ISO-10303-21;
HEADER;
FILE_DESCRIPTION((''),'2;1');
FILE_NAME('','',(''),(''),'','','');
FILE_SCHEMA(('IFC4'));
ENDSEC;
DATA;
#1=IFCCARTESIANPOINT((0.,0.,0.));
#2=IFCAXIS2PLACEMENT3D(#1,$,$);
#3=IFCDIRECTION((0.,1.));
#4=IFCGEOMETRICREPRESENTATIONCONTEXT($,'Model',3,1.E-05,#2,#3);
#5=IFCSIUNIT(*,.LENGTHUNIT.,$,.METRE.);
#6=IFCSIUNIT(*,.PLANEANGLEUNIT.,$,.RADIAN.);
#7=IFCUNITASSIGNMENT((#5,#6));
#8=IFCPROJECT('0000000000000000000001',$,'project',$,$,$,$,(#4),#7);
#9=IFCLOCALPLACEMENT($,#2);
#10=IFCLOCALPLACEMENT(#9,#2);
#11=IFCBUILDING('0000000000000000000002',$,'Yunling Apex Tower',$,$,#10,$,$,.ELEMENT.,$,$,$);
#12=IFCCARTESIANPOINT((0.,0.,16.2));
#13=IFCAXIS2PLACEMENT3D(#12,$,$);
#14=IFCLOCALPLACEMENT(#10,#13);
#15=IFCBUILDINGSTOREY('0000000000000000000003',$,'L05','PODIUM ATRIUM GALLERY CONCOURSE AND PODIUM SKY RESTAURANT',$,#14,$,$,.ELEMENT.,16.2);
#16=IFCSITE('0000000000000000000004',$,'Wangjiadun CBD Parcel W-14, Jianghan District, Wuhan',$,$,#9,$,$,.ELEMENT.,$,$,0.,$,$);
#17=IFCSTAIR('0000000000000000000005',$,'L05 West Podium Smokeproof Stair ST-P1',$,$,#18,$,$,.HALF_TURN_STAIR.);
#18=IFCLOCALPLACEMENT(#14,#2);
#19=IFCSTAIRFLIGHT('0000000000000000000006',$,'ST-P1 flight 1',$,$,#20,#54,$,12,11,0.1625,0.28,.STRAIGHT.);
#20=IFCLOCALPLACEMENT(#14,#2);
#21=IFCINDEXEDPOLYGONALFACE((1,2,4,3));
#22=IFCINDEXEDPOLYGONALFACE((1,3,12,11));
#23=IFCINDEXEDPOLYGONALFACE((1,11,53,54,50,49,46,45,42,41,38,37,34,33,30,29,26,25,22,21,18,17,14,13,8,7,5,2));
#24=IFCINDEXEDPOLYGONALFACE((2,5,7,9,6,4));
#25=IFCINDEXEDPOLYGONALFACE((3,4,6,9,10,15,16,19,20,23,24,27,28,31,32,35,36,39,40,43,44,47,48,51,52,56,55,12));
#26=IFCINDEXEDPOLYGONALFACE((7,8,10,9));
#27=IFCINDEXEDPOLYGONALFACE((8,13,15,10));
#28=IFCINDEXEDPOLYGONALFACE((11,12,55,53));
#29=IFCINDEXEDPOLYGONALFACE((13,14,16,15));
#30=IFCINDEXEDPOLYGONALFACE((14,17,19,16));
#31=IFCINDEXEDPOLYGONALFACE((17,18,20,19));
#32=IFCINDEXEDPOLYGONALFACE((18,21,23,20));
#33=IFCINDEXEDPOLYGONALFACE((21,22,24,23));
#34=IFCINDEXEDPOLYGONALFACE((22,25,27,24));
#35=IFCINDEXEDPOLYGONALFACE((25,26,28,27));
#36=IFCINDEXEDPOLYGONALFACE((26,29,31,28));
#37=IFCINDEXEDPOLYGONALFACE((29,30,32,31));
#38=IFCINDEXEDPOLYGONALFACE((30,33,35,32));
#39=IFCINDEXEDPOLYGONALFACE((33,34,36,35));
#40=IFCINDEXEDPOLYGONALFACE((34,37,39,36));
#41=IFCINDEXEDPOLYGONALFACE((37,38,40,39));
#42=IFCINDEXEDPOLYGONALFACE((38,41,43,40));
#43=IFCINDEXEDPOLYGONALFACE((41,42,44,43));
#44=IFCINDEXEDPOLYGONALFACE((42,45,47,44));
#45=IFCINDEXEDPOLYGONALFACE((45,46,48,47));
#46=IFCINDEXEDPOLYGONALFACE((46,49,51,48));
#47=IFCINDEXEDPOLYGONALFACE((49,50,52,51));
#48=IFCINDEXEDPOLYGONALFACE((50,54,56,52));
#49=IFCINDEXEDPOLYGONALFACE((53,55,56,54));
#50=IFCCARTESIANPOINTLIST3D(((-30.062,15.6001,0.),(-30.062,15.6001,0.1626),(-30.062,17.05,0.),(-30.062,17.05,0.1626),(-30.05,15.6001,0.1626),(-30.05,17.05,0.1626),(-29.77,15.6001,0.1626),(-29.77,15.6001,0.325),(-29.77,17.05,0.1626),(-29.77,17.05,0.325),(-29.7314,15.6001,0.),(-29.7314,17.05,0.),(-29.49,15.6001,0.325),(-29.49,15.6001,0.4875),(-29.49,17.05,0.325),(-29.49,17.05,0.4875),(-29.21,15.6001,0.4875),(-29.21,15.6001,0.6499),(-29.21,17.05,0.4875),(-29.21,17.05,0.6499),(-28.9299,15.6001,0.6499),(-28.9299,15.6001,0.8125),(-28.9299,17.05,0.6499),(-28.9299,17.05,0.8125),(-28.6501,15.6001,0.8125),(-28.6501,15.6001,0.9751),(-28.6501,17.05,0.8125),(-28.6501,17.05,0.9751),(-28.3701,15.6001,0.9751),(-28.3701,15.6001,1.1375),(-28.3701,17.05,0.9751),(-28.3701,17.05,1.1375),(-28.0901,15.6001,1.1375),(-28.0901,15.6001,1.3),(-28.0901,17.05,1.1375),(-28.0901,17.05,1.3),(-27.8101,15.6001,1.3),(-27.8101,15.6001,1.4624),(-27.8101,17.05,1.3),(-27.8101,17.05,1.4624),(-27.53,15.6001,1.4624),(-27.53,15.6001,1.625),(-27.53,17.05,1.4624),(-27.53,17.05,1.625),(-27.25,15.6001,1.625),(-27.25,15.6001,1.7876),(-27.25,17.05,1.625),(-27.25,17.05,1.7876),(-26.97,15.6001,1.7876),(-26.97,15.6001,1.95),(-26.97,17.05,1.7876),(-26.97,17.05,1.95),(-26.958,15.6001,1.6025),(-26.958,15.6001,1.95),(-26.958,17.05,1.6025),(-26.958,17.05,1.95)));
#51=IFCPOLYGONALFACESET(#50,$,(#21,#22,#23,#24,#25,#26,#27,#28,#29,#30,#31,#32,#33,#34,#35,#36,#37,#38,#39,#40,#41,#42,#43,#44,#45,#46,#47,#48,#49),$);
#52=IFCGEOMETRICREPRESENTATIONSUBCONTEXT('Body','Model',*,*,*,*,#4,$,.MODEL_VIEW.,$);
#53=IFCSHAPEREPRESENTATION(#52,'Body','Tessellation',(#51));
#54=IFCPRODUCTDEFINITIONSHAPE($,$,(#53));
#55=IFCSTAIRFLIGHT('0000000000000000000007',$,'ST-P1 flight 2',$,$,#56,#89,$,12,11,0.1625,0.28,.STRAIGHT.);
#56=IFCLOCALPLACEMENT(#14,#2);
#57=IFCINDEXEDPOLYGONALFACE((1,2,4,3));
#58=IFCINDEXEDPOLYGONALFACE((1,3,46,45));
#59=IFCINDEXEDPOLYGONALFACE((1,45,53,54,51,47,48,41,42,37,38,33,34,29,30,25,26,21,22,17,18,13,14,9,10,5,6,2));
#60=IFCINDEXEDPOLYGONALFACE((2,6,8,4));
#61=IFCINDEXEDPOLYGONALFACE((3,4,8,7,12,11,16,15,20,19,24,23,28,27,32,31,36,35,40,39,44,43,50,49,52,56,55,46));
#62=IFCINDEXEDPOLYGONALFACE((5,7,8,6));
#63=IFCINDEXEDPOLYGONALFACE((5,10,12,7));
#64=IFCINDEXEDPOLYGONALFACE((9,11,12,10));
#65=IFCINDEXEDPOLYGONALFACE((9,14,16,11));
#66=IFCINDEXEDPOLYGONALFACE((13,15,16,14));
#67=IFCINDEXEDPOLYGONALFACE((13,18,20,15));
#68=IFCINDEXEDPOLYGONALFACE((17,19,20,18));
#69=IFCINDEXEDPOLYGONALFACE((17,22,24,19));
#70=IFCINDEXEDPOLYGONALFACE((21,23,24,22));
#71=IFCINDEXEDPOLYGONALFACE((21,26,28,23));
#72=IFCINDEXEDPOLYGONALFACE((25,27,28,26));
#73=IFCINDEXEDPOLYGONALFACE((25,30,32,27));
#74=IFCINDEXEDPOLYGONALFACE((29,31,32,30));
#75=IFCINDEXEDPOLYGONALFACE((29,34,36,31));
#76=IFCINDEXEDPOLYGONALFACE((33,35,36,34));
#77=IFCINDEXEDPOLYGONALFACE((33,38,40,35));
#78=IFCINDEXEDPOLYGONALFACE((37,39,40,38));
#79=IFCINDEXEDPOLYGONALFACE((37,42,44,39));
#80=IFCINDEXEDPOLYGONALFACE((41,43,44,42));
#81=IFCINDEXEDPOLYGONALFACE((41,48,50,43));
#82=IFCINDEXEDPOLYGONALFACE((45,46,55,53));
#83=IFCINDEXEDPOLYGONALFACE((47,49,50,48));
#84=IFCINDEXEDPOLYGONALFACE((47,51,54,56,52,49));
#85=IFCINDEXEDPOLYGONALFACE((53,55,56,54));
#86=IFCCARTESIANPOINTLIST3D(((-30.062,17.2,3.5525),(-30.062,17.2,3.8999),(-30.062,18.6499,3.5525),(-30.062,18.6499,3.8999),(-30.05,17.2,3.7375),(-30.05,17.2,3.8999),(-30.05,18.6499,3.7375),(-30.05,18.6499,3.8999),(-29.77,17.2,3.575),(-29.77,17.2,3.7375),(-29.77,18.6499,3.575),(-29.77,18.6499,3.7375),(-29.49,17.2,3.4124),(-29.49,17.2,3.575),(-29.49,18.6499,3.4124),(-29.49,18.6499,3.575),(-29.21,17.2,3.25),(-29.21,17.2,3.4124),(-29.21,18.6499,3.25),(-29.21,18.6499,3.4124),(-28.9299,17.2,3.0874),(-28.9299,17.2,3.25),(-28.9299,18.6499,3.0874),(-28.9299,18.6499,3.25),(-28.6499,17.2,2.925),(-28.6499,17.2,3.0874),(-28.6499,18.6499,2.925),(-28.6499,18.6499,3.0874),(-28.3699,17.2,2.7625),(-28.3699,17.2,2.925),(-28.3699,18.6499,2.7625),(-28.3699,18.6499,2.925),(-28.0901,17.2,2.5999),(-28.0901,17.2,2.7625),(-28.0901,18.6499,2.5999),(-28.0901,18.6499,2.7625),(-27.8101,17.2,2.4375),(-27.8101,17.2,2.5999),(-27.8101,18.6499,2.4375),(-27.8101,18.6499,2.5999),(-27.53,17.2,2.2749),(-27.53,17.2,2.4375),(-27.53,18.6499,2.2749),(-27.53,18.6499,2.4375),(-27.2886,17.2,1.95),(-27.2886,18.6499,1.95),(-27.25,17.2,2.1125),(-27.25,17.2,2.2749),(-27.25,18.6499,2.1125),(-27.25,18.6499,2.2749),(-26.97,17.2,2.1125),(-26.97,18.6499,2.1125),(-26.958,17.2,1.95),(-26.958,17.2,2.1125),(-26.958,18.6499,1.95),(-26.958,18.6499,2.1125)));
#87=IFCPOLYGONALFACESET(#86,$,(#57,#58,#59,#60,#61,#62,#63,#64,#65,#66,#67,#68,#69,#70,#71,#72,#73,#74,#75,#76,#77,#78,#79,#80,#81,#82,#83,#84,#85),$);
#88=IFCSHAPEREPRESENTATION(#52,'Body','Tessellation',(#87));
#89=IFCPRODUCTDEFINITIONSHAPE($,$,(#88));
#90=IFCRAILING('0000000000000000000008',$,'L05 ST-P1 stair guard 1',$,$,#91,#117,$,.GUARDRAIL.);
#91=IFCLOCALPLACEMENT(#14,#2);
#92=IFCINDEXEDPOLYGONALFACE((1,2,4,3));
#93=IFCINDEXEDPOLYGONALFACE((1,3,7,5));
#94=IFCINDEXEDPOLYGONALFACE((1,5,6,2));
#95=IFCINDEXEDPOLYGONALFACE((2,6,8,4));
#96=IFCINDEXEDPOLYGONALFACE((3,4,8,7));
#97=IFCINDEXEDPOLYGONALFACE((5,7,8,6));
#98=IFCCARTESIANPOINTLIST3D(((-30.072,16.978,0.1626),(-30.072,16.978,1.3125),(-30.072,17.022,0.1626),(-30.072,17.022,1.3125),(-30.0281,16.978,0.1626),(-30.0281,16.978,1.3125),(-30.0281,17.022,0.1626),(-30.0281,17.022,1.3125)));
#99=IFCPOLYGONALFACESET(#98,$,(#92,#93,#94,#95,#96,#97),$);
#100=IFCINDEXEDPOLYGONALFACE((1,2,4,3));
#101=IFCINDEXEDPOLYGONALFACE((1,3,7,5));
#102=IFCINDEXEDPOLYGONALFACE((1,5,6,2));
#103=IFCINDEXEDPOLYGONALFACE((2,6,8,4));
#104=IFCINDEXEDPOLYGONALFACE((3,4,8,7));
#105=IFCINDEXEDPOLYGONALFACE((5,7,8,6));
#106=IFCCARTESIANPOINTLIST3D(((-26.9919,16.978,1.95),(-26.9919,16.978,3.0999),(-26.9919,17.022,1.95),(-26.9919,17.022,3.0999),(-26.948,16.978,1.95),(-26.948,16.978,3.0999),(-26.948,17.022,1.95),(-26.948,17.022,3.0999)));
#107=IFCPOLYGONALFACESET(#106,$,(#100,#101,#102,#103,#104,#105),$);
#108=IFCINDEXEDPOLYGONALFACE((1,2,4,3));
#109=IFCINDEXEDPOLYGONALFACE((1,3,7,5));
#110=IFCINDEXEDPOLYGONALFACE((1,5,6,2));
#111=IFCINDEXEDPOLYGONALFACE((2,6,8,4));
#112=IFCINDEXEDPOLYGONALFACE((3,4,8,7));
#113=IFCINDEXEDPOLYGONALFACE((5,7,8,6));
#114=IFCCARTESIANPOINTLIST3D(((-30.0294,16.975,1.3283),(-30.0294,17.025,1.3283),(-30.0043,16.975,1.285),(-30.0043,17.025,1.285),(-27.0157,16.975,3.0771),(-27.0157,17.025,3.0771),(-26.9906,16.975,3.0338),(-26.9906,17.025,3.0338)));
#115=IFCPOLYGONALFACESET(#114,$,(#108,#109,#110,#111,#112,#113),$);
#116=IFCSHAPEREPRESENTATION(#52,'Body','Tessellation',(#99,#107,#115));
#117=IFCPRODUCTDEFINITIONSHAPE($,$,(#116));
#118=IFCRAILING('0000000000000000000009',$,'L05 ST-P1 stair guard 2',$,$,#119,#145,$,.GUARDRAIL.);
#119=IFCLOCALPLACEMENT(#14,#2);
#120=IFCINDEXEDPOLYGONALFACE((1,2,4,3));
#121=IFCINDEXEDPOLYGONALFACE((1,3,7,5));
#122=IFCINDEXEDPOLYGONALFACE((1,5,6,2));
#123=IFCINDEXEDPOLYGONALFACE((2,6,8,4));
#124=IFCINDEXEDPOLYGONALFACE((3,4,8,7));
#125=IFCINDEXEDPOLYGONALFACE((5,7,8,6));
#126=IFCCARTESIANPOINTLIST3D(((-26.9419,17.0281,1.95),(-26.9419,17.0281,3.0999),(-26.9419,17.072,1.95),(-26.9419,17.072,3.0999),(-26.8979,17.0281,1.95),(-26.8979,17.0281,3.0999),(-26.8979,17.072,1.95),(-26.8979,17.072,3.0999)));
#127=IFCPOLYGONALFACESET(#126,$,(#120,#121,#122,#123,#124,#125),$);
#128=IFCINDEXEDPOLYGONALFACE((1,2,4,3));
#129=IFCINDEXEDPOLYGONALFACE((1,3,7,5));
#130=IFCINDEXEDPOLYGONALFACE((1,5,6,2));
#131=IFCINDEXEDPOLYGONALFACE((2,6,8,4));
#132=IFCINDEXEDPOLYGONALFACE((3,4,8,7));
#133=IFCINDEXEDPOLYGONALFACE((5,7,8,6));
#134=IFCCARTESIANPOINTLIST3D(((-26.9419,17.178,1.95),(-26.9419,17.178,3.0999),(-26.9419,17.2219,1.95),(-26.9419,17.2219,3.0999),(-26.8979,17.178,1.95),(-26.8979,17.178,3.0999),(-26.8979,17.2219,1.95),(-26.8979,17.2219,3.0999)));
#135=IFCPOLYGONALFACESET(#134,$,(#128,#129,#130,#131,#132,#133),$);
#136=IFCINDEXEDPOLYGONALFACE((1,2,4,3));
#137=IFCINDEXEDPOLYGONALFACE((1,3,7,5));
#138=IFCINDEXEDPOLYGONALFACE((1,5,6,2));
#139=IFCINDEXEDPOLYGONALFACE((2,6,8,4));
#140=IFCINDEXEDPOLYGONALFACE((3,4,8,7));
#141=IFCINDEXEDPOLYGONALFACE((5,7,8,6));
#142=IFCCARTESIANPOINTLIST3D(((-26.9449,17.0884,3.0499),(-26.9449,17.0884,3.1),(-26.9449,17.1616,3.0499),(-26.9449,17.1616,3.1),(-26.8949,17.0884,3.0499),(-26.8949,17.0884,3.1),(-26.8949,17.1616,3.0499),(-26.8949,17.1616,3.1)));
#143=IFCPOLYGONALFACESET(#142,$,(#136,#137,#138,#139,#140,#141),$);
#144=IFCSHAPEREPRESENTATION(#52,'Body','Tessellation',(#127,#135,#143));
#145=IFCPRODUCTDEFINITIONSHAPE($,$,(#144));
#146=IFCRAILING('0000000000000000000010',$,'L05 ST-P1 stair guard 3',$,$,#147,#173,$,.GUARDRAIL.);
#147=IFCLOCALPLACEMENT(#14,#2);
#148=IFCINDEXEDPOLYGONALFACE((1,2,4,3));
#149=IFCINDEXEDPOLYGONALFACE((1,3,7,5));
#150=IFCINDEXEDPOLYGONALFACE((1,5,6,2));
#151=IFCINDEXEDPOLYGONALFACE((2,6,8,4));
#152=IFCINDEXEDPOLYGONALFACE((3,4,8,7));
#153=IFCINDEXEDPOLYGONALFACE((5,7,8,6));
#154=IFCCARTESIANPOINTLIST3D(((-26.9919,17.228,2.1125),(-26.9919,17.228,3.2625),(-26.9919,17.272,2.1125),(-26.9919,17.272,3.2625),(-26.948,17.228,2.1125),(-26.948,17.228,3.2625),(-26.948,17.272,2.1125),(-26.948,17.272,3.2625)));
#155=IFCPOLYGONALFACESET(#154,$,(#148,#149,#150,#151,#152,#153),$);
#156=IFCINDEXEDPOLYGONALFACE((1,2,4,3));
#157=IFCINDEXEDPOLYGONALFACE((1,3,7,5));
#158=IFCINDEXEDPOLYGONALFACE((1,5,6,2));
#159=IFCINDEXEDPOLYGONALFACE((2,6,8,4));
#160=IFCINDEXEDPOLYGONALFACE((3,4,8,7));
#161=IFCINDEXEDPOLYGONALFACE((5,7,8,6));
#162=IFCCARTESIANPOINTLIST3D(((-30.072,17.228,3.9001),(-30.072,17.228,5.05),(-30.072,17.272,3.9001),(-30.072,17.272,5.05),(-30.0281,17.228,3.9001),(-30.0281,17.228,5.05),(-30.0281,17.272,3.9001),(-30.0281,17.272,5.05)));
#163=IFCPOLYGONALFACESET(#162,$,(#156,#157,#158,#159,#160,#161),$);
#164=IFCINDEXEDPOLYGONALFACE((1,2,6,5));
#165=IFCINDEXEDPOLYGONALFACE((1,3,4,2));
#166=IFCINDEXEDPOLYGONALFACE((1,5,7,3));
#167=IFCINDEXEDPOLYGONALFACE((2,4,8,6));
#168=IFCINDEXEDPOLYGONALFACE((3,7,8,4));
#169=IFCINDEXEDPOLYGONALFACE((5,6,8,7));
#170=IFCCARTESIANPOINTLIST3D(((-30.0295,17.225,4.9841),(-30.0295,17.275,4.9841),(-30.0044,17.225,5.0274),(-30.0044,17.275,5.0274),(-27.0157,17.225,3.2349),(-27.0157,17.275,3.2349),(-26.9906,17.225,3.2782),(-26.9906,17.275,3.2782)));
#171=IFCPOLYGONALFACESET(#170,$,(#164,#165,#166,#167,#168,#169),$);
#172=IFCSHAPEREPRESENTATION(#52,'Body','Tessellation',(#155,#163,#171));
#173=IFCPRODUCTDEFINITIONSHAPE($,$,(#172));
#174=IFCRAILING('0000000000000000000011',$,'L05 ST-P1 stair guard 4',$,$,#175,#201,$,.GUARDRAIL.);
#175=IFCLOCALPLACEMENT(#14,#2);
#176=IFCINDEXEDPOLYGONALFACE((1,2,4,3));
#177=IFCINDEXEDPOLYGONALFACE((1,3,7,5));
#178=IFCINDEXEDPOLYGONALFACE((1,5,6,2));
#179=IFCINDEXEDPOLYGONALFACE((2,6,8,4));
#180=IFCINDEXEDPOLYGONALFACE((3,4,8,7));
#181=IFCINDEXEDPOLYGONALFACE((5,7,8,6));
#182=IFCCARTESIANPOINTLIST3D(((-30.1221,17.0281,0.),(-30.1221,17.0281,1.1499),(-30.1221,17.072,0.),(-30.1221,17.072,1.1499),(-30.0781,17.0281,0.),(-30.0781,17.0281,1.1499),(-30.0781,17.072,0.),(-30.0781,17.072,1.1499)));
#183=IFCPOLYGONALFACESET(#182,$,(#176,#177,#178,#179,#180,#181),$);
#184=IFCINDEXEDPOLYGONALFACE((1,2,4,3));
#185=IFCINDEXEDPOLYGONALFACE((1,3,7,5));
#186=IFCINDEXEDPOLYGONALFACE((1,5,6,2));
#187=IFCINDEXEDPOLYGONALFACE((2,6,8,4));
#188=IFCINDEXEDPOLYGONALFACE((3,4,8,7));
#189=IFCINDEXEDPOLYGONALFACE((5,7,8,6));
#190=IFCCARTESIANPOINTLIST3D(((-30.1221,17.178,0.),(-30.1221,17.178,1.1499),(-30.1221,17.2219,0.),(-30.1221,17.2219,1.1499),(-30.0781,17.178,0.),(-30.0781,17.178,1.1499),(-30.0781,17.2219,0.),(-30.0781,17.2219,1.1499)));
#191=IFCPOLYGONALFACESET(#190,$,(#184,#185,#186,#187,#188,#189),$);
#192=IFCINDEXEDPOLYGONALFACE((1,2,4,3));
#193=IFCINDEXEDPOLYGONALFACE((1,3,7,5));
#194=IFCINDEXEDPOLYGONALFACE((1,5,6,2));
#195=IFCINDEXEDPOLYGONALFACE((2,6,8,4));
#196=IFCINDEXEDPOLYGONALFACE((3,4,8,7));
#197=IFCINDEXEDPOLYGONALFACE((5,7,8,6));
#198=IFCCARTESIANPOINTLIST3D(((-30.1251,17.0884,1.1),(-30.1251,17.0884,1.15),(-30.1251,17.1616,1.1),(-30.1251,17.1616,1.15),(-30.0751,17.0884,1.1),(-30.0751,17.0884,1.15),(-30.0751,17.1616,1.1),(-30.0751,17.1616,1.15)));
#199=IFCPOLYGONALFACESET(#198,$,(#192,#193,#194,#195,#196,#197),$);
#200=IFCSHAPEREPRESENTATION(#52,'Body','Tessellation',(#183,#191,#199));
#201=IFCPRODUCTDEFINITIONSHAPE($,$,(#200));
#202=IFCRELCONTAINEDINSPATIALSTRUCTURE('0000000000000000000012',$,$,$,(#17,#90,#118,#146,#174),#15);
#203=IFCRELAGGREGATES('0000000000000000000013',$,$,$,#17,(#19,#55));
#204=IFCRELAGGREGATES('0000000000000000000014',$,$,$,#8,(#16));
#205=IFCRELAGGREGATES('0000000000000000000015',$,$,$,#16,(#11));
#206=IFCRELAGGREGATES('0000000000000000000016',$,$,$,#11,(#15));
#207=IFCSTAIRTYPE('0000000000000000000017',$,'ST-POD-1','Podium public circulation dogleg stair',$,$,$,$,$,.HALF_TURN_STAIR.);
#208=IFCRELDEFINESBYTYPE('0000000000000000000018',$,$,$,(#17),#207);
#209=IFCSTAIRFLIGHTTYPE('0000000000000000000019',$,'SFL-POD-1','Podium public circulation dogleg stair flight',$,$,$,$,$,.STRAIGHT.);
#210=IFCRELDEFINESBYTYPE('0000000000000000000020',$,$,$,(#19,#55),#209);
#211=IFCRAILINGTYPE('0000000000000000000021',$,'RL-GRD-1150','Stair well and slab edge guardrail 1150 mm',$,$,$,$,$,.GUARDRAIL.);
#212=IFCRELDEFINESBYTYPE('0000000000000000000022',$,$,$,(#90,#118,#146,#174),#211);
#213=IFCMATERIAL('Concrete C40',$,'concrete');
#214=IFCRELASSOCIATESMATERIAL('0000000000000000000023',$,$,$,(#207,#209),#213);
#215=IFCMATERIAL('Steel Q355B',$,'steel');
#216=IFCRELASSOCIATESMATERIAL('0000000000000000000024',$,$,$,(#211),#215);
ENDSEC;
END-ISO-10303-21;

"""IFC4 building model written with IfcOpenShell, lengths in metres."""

from ifc_helpers import new_model, si_unit, direction, frame, origin, origin_2d, place, context, subcontext, project, spatial, polyline, rectangle, outline, extrude, material, type_object, element, aggregate, save


model = new_model("IFC4")

# Units and contexts
model_context = context("Model", 3, precision=1e-05, world=origin(), true_north=direction((0.0, 1.0)))
body_context = subcontext(model_context, "Body", "Model", "MODEL_VIEW")
ifc_project = project(units=[si_unit("LENGTHUNIT", "METRE"), si_unit("PLANEANGLEUNIT", "RADIAN")], contexts=[model_context])

# Site, building, storey
site_placement = place(None, origin())
site = spatial("IfcSite", under=ifc_project, at=site_placement, Name="Wangjiadun CBD Parcel W-14, Jianghan District, Wuhan", CompositionType="ELEMENT", RefElevation=0.0)
building_placement = place(site_placement, origin())
building = spatial("IfcBuilding", under=site, at=building_placement, Name="Yunling Apex Tower", CompositionType="ELEMENT")
storey_placement = place(building_placement, frame((0.0, 0.0, 16.2)))
storey = spatial("IfcBuildingStorey", under=building, at=storey_placement, Name="L05", Description="PODIUM ATRIUM GALLERY CONCOURSE AND PODIUM SKY RESTAURANT", CompositionType="ELEMENT", Elevation=16.2)

# Shared definitions
ifc_material_1 = material(Name="Steel Q355B", Category="steel")

# Shared definitions
ifc_material_2 = material(Name="Concrete C40", Category="concrete")

# Stair, stair flights
stair_type = type_object("IfcStairType", Name="ST-POD-1", Description="Podium public circulation dogleg stair", PredefinedType="HALF_TURN_STAIR", material=ifc_material_2)
stair_placement = place(storey_placement, origin())
stair = element("IfcStair", 1, at=stair_placement, inside=storey, type_object=stair_type, Name="L05 West Podium Smokeproof Stair ST-P1", PredefinedType="HALF_TURN_STAIR")
stair_flight_type = type_object("IfcStairFlightType", Name="SFL-POD-1", Description="Podium public circulation dogleg stair flight", PredefinedType="STRAIGHT", material=ifc_material_2)
stair_flight_1_placement = place(storey_placement, frame((-30.05, 16.325, 0.0), z_axis=(0.0, 0.0, 1.0), x_axis=(1.0, 0.0, 0.0)))
stair_flight_1 = element("IfcStairFlight", 2, at=stair_flight_1_placement, type_object=stair_flight_type, Name="ST-P1 flight 1", NumberOfRisers=12, NumberOfTreads=11, PredefinedType="STRAIGHT", RiserHeight=0.1625, TreadLength=0.28, context=body_context, shape_type="SweptSolid", body=[
    extrude(outline(polyline([(-0.012, 0.0), (-0.012, 0.1626), (0.0, 0.1626), (0.28, 0.1626), (0.28, 0.325), (0.5601, 0.325), (0.5601, 0.4875), (0.8401, 0.4875), (0.8401, 0.6499), (1.1201, 0.6499), (1.1201, 0.8125), (1.3999, 0.8125), (1.3999, 0.9751), (1.6799, 0.9751), (1.6799, 1.1375), (1.96, 1.1375), (1.96, 1.3), (2.24, 1.3), (2.24, 1.4624), (2.52, 1.4624), (2.52, 1.625), (2.8, 1.625), (2.8, 1.7876), (3.0801, 1.7876), (3.0801, 1.95), (3.092, 1.95), (3.092, 1.6025), (0.3186, 0.0), (-0.012, 0.0)])), frame((0.0, 0.7251, 0.0), z_axis=(0.0, -1.0, 0.0), x_axis=(1.0, 0.0, 0.0)), (0.0, 0.0, 1.0), 1.45),
])
stair_flight_2_placement = place(storey_placement, frame((-26.97, 17.925, 1.95), z_axis=(0.0, 0.0, 1.0), x_axis=(-1.0, 0.0, 0.0)))
stair_flight_2 = element("IfcStairFlight", 3, at=stair_flight_2_placement, type_object=stair_flight_type, Name="ST-P1 flight 2", NumberOfRisers=12, NumberOfTreads=11, PredefinedType="STRAIGHT", RiserHeight=0.1625, TreadLength=0.28, context=body_context, shape_type="SweptSolid", body=[
    extrude(outline(polyline([(-0.012, 0.0), (-0.012, 0.1626), (0.0, 0.1626), (0.28, 0.1626), (0.28, 0.325), (0.5601, 0.325), (0.5601, 0.4875), (0.8401, 0.4875), (0.8401, 0.6499), (1.1201, 0.6499), (1.1201, 0.8125), (1.3999, 0.8125), (1.3999, 0.9751), (1.6799, 0.9751), (1.6799, 1.1375), (1.96, 1.1375), (1.96, 1.3), (2.24, 1.3), (2.24, 1.4624), (2.52, 1.4624), (2.52, 1.625), (2.8, 1.625), (2.8, 1.7876), (3.0801, 1.7876), (3.0801, 1.95), (3.092, 1.95), (3.092, 1.6025), (0.3186, 0.0), (-0.012, 0.0)])), frame((0.0, 0.7251, 0.0), z_axis=(0.0, -1.0, 0.0), x_axis=(1.0, 0.0, 0.0)), (0.0, 0.0, 1.0), 1.45),
])
aggregate(stair, [stair_flight_1, stair_flight_2])

# Railings
railing_type_1 = type_object("IfcRailingType", Name="RL-GRD-1150", Description="Stair well and slab edge guardrail 1150 mm", PredefinedType="GUARDRAIL", material=ifc_material_1)
railing_1_placement = place(storey_placement, frame((-30.05, 17.0, 0.1626)))
element("IfcRailing", 4, at=railing_1_placement, inside=storey, type_object=railing_type_1, Name="L05 ST-P1 stair guard 1", PredefinedType="GUARDRAIL", context=body_context, shape_type="SweptSolid", body=[
    extrude(rectangle(XDim=0.0439, YDim=0.0439, at=origin_2d()), origin(), (0.0, 0.0, 1.0), 1.1499),
    extrude(rectangle(XDim=0.0439, YDim=0.0439, at=origin_2d()), frame((3.0801, 0.0, 1.7874)), (0.0, 0.0, 1.0), 1.1499),
    extrude(rectangle(XDim=0.05, YDim=0.05, at=origin_2d()), frame((0.0332, 0.0, 1.144), z_axis=(0.86492, 0.0, 0.501909), x_axis=(0.0, 1.0, 0.0)), (0.0, 0.0, 1.0), 3.4844),
])
railing_2_placement = place(storey_placement, frame((-26.9199, 17.05, 1.95)))
element("IfcRailing", 5, at=railing_2_placement, inside=storey, type_object=railing_type_1, Name="L05 ST-P1 stair guard 2", PredefinedType="GUARDRAIL", context=body_context, shape_type="SweptSolid", body=[
    extrude(rectangle(XDim=0.0439, YDim=0.0439, at=origin_2d()), origin(), (0.0, 0.0, 1.0), 1.1499),
    extrude(rectangle(XDim=0.0439, YDim=0.0439, at=origin_2d()), frame((0.0, 0.1499, 0.0)), (0.0, 0.0, 1.0), 1.1499),
    extrude(rectangle(XDim=0.05, YDim=0.05, at=origin_2d()), frame((0.0, 0.0383, 1.125), z_axis=(0.0, 1.0, 0.0), x_axis=(-1.0, 0.0, 0.0)), (0.0, 0.0, 1.0), 0.0732),
])
railing_3_placement = place(storey_placement, frame((-26.97, 17.25, 2.1125)))
element("IfcRailing", 6, at=railing_3_placement, inside=storey, type_object=railing_type_1, Name="L05 ST-P1 stair guard 3", PredefinedType="GUARDRAIL", context=body_context, shape_type="SweptSolid", body=[
    extrude(rectangle(XDim=0.0439, YDim=0.0439, at=origin_2d()), origin(), (0.0, 0.0, 1.0), 1.1499),
    extrude(rectangle(XDim=0.0439, YDim=0.0439, at=origin_2d()), frame((-3.0801, 0.0, 1.7876)), (0.0, 0.0, 1.0), 1.1499),
    extrude(rectangle(XDim=0.05, YDim=0.05, at=origin_2d()), frame((-0.0332, 0.0, 1.144), z_axis=(-0.864891, 0.0, 0.50196), x_axis=(0.0, -1.0, 0.0)), (0.0, 0.0, 1.0), 3.4846),
])
railing_4_placement = place(storey_placement, frame((-30.1001, 17.05, 0.0)))
element("IfcRailing", 7, at=railing_4_placement, inside=storey, type_object=railing_type_1, Name="L05 ST-P1 stair guard 4", PredefinedType="GUARDRAIL", context=body_context, shape_type="SweptSolid", body=[
    extrude(rectangle(XDim=0.0439, YDim=0.0439, at=origin_2d()), origin(), (0.0, 0.0, 1.0), 1.1499),
    extrude(rectangle(XDim=0.0439, YDim=0.0439, at=origin_2d()), frame((0.0, 0.1499, 0.0)), (0.0, 0.0, 1.0), 1.1499),
    extrude(rectangle(XDim=0.05, YDim=0.05, at=origin_2d()), frame((0.0, 0.0383, 1.125), z_axis=(0.0, 1.0, 0.0), x_axis=(-1.0, 0.0, 0.0)), (0.0, 0.0, 1.0), 0.0732),
])

save(model, "model.ifc")
